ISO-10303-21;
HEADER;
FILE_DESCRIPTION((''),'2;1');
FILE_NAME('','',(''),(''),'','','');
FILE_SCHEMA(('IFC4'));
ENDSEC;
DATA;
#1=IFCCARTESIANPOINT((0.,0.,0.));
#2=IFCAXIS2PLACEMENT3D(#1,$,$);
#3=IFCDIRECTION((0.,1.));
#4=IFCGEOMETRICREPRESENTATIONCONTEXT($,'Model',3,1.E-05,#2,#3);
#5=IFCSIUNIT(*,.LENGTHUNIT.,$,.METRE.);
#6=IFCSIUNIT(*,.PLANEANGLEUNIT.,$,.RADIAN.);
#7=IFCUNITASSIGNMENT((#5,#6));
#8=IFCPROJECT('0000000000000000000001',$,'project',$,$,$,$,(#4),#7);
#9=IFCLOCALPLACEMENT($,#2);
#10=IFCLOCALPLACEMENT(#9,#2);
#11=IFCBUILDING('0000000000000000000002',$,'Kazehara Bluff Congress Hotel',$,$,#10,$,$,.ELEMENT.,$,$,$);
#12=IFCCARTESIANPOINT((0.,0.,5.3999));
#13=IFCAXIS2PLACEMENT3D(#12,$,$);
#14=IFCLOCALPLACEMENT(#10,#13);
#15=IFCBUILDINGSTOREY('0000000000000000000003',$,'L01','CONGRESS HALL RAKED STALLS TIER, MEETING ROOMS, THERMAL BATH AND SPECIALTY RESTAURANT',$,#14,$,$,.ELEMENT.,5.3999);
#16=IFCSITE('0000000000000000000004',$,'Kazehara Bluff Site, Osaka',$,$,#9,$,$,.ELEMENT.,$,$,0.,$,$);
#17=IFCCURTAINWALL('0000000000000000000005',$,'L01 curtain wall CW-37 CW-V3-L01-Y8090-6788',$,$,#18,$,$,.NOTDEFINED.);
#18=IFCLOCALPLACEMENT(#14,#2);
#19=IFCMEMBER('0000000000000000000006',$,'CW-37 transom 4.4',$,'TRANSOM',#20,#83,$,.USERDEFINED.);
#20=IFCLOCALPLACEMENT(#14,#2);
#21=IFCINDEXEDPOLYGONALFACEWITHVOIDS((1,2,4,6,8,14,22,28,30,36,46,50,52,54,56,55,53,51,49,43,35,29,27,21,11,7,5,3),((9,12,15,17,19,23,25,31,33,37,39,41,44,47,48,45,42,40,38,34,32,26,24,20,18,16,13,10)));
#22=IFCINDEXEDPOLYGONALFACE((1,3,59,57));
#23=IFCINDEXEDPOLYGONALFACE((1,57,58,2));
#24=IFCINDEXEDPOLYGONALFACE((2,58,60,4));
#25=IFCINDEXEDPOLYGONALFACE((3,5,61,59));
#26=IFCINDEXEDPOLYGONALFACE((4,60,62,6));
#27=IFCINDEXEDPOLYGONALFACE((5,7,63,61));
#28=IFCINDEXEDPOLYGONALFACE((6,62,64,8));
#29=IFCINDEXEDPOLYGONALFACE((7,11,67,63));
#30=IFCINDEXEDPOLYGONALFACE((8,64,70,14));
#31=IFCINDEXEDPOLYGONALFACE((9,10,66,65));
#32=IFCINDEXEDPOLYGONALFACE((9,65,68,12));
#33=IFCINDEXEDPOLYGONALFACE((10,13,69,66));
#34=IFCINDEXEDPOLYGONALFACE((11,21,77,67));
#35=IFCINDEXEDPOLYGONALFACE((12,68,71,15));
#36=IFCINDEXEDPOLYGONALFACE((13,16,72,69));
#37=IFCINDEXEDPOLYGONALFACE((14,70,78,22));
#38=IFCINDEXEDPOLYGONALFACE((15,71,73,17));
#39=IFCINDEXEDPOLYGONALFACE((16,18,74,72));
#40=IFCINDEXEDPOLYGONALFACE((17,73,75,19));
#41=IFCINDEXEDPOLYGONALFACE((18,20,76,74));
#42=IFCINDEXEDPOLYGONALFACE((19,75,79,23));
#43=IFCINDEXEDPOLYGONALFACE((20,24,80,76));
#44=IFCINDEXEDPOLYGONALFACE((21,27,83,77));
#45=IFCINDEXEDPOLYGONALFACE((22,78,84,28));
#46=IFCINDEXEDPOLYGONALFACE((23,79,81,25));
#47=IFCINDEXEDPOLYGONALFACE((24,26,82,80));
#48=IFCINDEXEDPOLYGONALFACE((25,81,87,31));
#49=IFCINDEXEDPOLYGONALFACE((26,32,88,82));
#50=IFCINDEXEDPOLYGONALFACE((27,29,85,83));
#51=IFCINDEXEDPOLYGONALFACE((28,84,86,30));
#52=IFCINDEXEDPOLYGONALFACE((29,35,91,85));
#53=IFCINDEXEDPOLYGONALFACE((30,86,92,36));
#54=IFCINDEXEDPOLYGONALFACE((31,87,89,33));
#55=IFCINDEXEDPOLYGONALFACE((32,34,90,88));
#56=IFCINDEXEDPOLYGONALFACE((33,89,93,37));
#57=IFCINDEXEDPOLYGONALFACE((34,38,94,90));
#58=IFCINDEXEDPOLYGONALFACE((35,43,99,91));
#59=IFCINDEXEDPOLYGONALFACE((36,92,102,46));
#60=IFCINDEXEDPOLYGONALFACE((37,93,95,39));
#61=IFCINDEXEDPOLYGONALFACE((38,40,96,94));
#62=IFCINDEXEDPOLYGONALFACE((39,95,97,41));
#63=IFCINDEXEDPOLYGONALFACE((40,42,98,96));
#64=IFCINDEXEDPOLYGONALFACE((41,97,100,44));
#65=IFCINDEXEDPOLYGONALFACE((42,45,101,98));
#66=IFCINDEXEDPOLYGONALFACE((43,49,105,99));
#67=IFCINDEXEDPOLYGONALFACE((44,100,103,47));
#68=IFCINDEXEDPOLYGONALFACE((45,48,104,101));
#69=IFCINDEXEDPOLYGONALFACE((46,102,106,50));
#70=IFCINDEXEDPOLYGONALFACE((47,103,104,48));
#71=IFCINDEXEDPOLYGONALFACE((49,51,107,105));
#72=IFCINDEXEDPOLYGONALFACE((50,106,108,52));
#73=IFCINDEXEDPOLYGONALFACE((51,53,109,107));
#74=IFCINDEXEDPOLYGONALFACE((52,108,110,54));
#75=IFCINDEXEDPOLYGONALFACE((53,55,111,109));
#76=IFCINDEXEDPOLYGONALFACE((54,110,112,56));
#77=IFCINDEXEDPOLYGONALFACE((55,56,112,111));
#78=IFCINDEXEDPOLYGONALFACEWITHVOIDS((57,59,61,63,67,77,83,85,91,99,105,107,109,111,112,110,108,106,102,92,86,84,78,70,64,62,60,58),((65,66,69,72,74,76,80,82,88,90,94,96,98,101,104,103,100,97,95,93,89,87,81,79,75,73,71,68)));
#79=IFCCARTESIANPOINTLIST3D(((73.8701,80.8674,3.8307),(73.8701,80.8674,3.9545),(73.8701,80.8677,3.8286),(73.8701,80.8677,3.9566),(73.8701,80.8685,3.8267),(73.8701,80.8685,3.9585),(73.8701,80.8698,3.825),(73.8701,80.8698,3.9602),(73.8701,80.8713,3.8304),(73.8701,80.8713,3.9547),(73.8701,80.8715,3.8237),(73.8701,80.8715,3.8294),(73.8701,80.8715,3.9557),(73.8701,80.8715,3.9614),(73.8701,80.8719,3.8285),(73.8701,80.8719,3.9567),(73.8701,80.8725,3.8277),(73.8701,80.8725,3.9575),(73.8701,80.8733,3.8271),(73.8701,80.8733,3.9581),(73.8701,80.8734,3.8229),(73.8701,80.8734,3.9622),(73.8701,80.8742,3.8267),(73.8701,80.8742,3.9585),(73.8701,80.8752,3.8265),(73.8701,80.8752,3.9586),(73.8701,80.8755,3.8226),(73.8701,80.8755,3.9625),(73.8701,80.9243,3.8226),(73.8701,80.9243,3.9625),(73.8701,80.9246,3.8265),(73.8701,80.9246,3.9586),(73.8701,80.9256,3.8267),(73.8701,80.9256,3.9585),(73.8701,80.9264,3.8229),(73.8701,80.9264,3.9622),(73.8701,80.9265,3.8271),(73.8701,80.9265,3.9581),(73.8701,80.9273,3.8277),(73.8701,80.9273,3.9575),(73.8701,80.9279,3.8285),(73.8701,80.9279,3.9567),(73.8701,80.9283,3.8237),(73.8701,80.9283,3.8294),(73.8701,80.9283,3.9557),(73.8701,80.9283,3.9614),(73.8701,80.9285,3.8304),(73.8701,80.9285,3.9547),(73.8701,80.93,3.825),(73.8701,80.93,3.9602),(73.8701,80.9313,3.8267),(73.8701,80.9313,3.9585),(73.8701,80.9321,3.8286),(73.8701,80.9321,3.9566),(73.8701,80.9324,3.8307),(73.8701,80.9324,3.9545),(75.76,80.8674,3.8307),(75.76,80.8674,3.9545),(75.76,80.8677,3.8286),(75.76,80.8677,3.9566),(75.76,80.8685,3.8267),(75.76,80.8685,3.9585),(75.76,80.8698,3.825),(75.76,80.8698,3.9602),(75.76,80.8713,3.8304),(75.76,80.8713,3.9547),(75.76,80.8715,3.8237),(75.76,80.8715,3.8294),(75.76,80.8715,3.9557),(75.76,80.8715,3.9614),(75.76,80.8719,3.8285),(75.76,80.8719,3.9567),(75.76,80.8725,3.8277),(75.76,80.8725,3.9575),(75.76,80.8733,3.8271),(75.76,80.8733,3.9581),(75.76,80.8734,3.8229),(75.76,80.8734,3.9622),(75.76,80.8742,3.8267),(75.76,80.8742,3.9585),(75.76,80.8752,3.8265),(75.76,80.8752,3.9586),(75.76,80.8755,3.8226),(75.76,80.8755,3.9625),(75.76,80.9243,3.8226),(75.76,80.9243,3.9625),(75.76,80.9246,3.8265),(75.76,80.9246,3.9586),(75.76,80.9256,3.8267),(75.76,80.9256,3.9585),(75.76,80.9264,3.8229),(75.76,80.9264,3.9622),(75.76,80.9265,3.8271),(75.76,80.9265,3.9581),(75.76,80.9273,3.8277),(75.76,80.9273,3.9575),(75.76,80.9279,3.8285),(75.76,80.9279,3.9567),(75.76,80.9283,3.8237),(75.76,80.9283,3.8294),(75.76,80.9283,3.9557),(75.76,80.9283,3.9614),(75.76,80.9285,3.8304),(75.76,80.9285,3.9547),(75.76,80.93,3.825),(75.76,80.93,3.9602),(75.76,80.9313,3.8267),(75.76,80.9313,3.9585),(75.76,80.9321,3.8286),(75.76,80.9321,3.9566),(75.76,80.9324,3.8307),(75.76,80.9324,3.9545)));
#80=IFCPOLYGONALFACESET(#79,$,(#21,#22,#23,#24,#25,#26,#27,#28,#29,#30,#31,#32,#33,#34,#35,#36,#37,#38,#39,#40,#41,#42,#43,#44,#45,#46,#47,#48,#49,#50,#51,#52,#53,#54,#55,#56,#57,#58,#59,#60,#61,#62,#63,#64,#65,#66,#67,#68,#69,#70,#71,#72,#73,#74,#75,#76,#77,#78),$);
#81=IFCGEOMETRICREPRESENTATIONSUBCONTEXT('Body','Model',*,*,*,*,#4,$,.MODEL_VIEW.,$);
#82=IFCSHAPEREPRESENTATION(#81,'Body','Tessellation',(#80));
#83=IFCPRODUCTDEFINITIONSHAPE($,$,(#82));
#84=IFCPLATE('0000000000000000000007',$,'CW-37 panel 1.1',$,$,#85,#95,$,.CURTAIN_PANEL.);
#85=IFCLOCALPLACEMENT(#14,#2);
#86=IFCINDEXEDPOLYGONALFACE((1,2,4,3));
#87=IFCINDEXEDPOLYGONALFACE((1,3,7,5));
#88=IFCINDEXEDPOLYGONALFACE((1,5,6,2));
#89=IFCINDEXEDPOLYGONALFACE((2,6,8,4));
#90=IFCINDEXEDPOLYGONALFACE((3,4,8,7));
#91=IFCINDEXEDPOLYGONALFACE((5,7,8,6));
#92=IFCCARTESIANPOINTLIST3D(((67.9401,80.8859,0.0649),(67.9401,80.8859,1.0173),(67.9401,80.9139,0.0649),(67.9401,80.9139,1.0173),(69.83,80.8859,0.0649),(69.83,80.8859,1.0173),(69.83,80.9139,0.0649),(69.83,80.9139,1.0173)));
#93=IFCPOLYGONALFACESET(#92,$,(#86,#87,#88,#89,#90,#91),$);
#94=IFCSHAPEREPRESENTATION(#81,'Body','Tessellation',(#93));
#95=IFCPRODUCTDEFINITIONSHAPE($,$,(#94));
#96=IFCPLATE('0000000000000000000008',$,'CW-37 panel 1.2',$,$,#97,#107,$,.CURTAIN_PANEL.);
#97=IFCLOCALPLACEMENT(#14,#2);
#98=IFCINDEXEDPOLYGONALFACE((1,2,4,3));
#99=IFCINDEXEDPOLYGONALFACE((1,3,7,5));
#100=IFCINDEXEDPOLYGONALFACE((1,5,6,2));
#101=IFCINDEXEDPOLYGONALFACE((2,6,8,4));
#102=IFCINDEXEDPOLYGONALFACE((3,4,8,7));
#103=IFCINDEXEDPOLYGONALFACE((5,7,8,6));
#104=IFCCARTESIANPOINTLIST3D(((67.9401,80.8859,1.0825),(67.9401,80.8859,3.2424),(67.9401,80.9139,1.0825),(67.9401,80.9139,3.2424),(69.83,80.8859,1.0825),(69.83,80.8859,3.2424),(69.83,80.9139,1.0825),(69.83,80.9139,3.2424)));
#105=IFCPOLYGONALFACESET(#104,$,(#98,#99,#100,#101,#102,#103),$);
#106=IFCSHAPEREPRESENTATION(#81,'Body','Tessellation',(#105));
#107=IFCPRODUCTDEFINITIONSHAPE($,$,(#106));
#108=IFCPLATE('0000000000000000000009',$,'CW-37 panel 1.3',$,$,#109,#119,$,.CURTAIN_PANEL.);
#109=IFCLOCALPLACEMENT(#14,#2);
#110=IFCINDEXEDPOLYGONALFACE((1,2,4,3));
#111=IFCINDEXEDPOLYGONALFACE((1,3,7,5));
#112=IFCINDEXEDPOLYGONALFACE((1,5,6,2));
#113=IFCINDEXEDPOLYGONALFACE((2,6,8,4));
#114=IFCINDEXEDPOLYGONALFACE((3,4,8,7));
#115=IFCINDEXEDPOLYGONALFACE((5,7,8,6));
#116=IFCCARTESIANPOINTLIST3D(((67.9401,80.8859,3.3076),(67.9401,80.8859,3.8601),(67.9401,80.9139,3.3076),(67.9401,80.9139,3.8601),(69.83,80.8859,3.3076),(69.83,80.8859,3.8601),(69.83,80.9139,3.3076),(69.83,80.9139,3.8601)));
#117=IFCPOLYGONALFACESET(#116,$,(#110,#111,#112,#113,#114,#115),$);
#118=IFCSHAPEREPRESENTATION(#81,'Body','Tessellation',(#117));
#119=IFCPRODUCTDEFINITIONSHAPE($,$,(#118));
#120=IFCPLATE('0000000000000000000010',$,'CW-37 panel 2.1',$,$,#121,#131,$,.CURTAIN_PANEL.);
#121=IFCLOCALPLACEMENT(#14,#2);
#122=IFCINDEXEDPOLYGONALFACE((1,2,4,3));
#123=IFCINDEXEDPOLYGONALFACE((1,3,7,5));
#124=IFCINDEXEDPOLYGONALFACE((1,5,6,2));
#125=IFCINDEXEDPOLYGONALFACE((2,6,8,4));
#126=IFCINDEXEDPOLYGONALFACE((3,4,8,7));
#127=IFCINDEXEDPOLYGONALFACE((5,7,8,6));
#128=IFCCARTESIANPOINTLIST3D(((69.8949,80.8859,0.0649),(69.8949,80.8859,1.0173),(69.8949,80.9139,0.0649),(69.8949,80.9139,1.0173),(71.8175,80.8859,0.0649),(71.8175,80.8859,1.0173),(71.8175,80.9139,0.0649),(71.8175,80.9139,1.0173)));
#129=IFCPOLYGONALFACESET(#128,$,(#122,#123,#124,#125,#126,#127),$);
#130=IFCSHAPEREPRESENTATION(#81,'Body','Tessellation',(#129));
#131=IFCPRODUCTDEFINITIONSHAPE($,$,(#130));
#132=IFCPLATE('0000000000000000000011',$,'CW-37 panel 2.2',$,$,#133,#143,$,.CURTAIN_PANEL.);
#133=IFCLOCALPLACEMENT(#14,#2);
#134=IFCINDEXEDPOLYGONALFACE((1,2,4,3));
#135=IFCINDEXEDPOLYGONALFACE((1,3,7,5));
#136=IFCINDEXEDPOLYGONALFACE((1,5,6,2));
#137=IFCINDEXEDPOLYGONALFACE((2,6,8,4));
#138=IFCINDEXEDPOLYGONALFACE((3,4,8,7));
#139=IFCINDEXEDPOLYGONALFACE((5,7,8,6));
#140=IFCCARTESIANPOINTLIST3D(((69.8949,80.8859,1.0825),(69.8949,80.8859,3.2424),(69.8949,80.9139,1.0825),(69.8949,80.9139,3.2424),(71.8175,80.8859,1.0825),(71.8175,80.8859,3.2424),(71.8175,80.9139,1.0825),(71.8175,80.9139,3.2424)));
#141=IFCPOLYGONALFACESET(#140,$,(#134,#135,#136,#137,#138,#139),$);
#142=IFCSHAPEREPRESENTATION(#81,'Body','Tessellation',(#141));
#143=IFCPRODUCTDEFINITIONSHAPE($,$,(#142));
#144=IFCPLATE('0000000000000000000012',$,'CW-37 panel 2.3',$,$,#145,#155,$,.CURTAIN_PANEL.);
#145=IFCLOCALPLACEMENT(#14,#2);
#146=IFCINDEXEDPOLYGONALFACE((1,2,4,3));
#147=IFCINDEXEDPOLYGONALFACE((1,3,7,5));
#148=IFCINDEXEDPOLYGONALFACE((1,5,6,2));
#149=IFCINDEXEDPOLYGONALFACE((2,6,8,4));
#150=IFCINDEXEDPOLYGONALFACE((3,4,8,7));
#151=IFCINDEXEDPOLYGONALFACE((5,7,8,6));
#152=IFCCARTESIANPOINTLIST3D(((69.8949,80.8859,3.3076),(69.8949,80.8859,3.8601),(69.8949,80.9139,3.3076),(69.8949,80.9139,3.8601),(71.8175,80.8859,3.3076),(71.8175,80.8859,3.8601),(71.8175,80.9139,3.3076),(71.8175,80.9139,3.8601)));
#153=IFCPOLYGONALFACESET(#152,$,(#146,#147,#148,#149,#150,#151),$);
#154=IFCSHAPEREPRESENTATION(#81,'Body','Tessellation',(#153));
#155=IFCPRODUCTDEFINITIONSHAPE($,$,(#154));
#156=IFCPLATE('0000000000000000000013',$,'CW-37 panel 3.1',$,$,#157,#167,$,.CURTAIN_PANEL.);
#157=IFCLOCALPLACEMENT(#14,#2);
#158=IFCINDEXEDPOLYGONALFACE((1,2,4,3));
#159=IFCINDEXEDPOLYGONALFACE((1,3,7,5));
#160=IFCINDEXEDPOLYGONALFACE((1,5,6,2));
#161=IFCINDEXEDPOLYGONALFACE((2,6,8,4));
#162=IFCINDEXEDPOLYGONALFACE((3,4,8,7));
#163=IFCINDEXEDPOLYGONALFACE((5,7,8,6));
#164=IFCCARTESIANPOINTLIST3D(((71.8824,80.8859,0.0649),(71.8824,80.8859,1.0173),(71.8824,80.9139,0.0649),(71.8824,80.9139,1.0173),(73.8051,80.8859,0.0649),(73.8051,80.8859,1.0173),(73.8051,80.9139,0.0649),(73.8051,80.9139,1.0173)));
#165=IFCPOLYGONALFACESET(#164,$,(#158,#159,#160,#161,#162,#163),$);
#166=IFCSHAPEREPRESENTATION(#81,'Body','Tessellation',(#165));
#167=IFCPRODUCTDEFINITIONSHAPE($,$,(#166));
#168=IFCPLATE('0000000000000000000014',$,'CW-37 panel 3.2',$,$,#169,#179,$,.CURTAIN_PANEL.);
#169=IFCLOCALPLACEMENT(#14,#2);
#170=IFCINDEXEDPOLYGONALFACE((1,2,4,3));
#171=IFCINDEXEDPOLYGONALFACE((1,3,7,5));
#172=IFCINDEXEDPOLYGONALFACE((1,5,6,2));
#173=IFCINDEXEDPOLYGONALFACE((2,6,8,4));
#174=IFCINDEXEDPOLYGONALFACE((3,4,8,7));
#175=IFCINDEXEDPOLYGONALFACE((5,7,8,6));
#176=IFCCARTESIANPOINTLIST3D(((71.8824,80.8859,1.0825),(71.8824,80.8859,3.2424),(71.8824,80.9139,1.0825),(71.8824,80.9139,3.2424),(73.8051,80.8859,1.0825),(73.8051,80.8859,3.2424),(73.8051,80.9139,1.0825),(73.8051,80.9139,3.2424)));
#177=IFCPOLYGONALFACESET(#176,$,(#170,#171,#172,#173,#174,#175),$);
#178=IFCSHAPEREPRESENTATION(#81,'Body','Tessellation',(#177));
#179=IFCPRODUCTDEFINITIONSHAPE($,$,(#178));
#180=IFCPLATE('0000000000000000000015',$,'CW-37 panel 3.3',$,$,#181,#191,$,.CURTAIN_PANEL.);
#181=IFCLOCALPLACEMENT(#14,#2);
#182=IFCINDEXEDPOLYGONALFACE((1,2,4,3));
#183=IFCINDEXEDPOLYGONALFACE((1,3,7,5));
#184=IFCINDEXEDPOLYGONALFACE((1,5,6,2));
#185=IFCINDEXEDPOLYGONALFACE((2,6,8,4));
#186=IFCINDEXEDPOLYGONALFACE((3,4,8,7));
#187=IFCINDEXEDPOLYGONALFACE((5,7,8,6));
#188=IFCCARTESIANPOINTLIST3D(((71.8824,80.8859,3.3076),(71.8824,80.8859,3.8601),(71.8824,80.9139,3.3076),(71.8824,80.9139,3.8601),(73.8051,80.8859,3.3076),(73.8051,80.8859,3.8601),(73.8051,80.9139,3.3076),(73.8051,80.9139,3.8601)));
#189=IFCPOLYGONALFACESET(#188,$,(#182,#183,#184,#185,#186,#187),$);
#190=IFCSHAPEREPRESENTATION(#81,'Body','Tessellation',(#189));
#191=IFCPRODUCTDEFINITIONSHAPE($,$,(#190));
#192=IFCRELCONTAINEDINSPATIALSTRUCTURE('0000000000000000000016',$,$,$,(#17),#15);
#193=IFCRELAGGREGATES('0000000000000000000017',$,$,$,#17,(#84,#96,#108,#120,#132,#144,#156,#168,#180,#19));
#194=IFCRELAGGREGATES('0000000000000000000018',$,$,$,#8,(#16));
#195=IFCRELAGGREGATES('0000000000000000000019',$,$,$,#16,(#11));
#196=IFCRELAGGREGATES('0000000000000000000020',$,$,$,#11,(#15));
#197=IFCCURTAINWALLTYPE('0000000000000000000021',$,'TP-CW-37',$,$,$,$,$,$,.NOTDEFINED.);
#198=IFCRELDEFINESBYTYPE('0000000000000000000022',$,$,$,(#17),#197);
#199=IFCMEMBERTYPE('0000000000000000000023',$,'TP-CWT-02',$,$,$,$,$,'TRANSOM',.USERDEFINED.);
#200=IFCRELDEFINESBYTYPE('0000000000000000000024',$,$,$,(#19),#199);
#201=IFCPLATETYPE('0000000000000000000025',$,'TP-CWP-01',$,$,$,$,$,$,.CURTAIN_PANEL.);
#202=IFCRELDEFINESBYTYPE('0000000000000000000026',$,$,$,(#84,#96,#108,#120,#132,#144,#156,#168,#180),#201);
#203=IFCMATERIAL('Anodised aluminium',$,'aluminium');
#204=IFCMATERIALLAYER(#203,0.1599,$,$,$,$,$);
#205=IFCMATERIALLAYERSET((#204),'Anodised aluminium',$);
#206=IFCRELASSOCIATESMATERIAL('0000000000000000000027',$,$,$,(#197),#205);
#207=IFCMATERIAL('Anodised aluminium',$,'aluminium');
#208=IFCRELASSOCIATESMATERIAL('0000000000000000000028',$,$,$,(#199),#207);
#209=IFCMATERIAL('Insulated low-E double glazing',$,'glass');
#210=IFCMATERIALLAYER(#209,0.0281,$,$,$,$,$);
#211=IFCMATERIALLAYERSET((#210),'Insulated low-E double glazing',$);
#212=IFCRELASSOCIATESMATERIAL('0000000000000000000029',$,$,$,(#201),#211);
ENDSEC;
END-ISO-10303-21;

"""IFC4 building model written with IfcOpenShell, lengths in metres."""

from ifc_helpers import new_model, si_unit, direction, frame, origin, origin_2d, place, context, subcontext, project, spatial, rectangle, hollow_rectangle, extrude, material, layer, layer_set, material_profile, profile_set, type_object, element, aggregate, save


model = new_model("IFC4")

# Units and contexts
model_context = context("Model", 3, precision=1e-05, world=origin(), true_north=direction((0.0, 1.0)))
body_context = subcontext(model_context, "Body", "Model", "MODEL_VIEW")
ifc_project = project(units=[si_unit("LENGTHUNIT", "METRE"), si_unit("PLANEANGLEUNIT", "RADIAN")], contexts=[model_context])

# Site, building, storey
site_placement = place(None, origin())
site = spatial("IfcSite", under=ifc_project, at=site_placement, Name="Kazehara Bluff Site, Osaka", CompositionType="ELEMENT", RefElevation=0.0)
building_placement = place(site_placement, origin())
building = spatial("IfcBuilding", under=site, at=building_placement, Name="Kazehara Bluff Congress Hotel", CompositionType="ELEMENT")
storey_placement = place(building_placement, frame((0.0, 0.0, 5.3999)))
storey = spatial("IfcBuildingStorey", under=building, at=storey_placement, Name="L01", Description="CONGRESS HALL RAKED STALLS TIER, MEETING ROOMS, THERMAL BATH AND SPECIALTY RESTAURANT", CompositionType="ELEMENT", Elevation=5.3999)

# Curtain wall, member, plates
ifc_material_1 = material(Name="Anodised aluminium", Category="aluminium")
ifc_layer_1 = layer(ifc_material_1, 0.1599)
ifc_layer_set_1 = layer_set([ifc_layer_1], Name="Anodised aluminium")
curtain_wall_type = type_object("IfcCurtainWallType", Name="TP-CW-37", PredefinedType="NOTDEFINED", material=ifc_layer_set_1)
curtain_wall_placement = place(storey_placement, origin())
curtain_wall = element("IfcCurtainWall", 1, at=curtain_wall_placement, inside=storey, type_object=curtain_wall_type, Name="L01 curtain wall CW-37 CW-V3-L01-Y8090-6788", PredefinedType="NOTDEFINED")
ifc_material_2 = material(Name="Anodised aluminium", Category="aluminium")
ifc_material_profile_1 = material_profile(ifc_material_2, hollow_rectangle(XDim=0.0649, YDim=0.1399, WallThickness=0.0039, InnerFilletRadius=0.0039, OuterFilletRadius=0.0081, at=origin_2d()))
ifc_profile_set_1 = profile_set([ifc_material_profile_1], Name="Anodised aluminium")
member_type_1 = type_object("IfcMemberType", Name="TP-CWT-02", ElementType="TRANSOM", PredefinedType="USERDEFINED", material=ifc_profile_set_1)
member_1_placement = place(storey_placement, frame((73.8701, 80.8999, 3.8926), z_axis=(1.0, 0.0, 0.0), x_axis=(0.0, 1.0, 0.0)))
member_1 = element("IfcMember", 2, at=member_1_placement, type_object=member_type_1, Name="CW-37 transom 4.4", ObjectType="TRANSOM", PredefinedType="USERDEFINED", context=body_context, shape_type="SweptSolid", body=[
    extrude(hollow_rectangle(XDim=0.0649, YDim=0.1399, WallThickness=0.0039, InnerFilletRadius=0.0039, OuterFilletRadius=0.0081, at=origin_2d()), origin(), (0.0, 0.0, 1.0), 1.8899),
])
ifc_material_3 = material(Name="Insulated low-E double glazing", Category="glass")
ifc_layer_2 = layer(ifc_material_3, 0.0281)
ifc_layer_set_2 = layer_set([ifc_layer_2], Name="Insulated low-E double glazing")
plate_type = type_object("IfcPlateType", Name="TP-CWP-01", PredefinedType="CURTAIN_PANEL", material=ifc_layer_set_2)
plate_1_placement = place(storey_placement, frame((68.885, 80.8999, 0.0649), z_axis=(0.0, 0.0, 1.0), x_axis=(1.0, 0.0, 0.0)))
plate_1 = element("IfcPlate", 3, at=plate_1_placement, type_object=plate_type, Name="CW-37 panel 1.1", PredefinedType="CURTAIN_PANEL", context=body_context, shape_type="SweptSolid", body=[
    extrude(rectangle(XDim=1.8899, YDim=0.0281, at=origin_2d()), origin(), (0.0, 0.0, 1.0), 0.9524),
])
plate_2_placement = place(storey_placement, frame((68.885, 80.8999, 1.0825), z_axis=(0.0, 0.0, 1.0), x_axis=(1.0, 0.0, 0.0)))
plate_2 = element("IfcPlate", 4, at=plate_2_placement, type_object=plate_type, Name="CW-37 panel 1.2", PredefinedType="CURTAIN_PANEL", context=body_context, shape_type="SweptSolid", body=[
    extrude(rectangle(XDim=1.8899, YDim=0.0281, at=origin_2d()), origin(), (0.0, 0.0, 1.0), 2.1599),
])
plate_3_placement = place(storey_placement, frame((68.885, 80.8999, 3.3076), z_axis=(0.0, 0.0, 1.0), x_axis=(1.0, 0.0, 0.0)))
plate_3 = element("IfcPlate", 5, at=plate_3_placement, type_object=plate_type, Name="CW-37 panel 1.3", PredefinedType="CURTAIN_PANEL", context=body_context, shape_type="SweptSolid", body=[
    extrude(rectangle(XDim=1.8899, YDim=0.0281, at=origin_2d()), origin(), (0.0, 0.0, 1.0), 0.5525),
])
plate_4_placement = place(storey_placement, frame((70.8562, 80.8999, 0.0649), z_axis=(0.0, 0.0, 1.0), x_axis=(1.0, 0.0, 0.0)))
plate_4 = element("IfcPlate", 6, at=plate_4_placement, type_object=plate_type, Name="CW-37 panel 2.1", PredefinedType="CURTAIN_PANEL", context=body_context, shape_type="SweptSolid", body=[
    extrude(rectangle(XDim=1.9226, YDim=0.0281, at=origin_2d()), origin(), (0.0, 0.0, 1.0), 0.9524),
])
plate_5_placement = place(storey_placement, frame((70.8562, 80.8999, 1.0825), z_axis=(0.0, 0.0, 1.0), x_axis=(1.0, 0.0, 0.0)))
plate_5 = element("IfcPlate", 7, at=plate_5_placement, type_object=plate_type, Name="CW-37 panel 2.2", PredefinedType="CURTAIN_PANEL", context=body_context, shape_type="SweptSolid", body=[
    extrude(rectangle(XDim=1.9226, YDim=0.0281, at=origin_2d()), origin(), (0.0, 0.0, 1.0), 2.1599),
])
plate_6_placement = place(storey_placement, frame((70.8562, 80.8999, 3.3076), z_axis=(0.0, 0.0, 1.0), x_axis=(1.0, 0.0, 0.0)))
plate_6 = element("IfcPlate", 8, at=plate_6_placement, type_object=plate_type, Name="CW-37 panel 2.3", PredefinedType="CURTAIN_PANEL", context=body_context, shape_type="SweptSolid", body=[
    extrude(rectangle(XDim=1.9226, YDim=0.0281, at=origin_2d()), origin(), (0.0, 0.0, 1.0), 0.5525),
])
plate_7_placement = place(storey_placement, frame((72.8438, 80.8999, 0.0649), z_axis=(0.0, 0.0, 1.0), x_axis=(1.0, 0.0, 0.0)))
plate_7 = element("IfcPlate", 9, at=plate_7_placement, type_object=plate_type, Name="CW-37 panel 3.1", PredefinedType="CURTAIN_PANEL", context=body_context, shape_type="SweptSolid", body=[
    extrude(rectangle(XDim=1.9226, YDim=0.0281, at=origin_2d()), origin(), (0.0, 0.0, 1.0), 0.9524),
])
plate_8_placement = place(storey_placement, frame((72.8438, 80.8999, 1.0825), z_axis=(0.0, 0.0, 1.0), x_axis=(1.0, 0.0, 0.0)))
plate_8 = element("IfcPlate", 10, at=plate_8_placement, type_object=plate_type, Name="CW-37 panel 3.2", PredefinedType="CURTAIN_PANEL", context=body_context, shape_type="SweptSolid", body=[
    extrude(rectangle(XDim=1.9226, YDim=0.0281, at=origin_2d()), origin(), (0.0, 0.0, 1.0), 2.1599),
])
plate_9_placement = place(storey_placement, frame((72.8438, 80.8999, 3.3076), z_axis=(0.0, 0.0, 1.0), x_axis=(1.0, 0.0, 0.0)))
plate_9 = element("IfcPlate", 11, at=plate_9_placement, type_object=plate_type, Name="CW-37 panel 3.3", PredefinedType="CURTAIN_PANEL", context=body_context, shape_type="SweptSolid", body=[
    extrude(rectangle(XDim=1.9226, YDim=0.0281, at=origin_2d()), origin(), (0.0, 0.0, 1.0), 0.5525),
])
aggregate(curtain_wall, [plate_1, plate_2, plate_3, plate_4, plate_5, plate_6, plate_7, plate_8, plate_9, member_1])

save(model, "model.ifc")
